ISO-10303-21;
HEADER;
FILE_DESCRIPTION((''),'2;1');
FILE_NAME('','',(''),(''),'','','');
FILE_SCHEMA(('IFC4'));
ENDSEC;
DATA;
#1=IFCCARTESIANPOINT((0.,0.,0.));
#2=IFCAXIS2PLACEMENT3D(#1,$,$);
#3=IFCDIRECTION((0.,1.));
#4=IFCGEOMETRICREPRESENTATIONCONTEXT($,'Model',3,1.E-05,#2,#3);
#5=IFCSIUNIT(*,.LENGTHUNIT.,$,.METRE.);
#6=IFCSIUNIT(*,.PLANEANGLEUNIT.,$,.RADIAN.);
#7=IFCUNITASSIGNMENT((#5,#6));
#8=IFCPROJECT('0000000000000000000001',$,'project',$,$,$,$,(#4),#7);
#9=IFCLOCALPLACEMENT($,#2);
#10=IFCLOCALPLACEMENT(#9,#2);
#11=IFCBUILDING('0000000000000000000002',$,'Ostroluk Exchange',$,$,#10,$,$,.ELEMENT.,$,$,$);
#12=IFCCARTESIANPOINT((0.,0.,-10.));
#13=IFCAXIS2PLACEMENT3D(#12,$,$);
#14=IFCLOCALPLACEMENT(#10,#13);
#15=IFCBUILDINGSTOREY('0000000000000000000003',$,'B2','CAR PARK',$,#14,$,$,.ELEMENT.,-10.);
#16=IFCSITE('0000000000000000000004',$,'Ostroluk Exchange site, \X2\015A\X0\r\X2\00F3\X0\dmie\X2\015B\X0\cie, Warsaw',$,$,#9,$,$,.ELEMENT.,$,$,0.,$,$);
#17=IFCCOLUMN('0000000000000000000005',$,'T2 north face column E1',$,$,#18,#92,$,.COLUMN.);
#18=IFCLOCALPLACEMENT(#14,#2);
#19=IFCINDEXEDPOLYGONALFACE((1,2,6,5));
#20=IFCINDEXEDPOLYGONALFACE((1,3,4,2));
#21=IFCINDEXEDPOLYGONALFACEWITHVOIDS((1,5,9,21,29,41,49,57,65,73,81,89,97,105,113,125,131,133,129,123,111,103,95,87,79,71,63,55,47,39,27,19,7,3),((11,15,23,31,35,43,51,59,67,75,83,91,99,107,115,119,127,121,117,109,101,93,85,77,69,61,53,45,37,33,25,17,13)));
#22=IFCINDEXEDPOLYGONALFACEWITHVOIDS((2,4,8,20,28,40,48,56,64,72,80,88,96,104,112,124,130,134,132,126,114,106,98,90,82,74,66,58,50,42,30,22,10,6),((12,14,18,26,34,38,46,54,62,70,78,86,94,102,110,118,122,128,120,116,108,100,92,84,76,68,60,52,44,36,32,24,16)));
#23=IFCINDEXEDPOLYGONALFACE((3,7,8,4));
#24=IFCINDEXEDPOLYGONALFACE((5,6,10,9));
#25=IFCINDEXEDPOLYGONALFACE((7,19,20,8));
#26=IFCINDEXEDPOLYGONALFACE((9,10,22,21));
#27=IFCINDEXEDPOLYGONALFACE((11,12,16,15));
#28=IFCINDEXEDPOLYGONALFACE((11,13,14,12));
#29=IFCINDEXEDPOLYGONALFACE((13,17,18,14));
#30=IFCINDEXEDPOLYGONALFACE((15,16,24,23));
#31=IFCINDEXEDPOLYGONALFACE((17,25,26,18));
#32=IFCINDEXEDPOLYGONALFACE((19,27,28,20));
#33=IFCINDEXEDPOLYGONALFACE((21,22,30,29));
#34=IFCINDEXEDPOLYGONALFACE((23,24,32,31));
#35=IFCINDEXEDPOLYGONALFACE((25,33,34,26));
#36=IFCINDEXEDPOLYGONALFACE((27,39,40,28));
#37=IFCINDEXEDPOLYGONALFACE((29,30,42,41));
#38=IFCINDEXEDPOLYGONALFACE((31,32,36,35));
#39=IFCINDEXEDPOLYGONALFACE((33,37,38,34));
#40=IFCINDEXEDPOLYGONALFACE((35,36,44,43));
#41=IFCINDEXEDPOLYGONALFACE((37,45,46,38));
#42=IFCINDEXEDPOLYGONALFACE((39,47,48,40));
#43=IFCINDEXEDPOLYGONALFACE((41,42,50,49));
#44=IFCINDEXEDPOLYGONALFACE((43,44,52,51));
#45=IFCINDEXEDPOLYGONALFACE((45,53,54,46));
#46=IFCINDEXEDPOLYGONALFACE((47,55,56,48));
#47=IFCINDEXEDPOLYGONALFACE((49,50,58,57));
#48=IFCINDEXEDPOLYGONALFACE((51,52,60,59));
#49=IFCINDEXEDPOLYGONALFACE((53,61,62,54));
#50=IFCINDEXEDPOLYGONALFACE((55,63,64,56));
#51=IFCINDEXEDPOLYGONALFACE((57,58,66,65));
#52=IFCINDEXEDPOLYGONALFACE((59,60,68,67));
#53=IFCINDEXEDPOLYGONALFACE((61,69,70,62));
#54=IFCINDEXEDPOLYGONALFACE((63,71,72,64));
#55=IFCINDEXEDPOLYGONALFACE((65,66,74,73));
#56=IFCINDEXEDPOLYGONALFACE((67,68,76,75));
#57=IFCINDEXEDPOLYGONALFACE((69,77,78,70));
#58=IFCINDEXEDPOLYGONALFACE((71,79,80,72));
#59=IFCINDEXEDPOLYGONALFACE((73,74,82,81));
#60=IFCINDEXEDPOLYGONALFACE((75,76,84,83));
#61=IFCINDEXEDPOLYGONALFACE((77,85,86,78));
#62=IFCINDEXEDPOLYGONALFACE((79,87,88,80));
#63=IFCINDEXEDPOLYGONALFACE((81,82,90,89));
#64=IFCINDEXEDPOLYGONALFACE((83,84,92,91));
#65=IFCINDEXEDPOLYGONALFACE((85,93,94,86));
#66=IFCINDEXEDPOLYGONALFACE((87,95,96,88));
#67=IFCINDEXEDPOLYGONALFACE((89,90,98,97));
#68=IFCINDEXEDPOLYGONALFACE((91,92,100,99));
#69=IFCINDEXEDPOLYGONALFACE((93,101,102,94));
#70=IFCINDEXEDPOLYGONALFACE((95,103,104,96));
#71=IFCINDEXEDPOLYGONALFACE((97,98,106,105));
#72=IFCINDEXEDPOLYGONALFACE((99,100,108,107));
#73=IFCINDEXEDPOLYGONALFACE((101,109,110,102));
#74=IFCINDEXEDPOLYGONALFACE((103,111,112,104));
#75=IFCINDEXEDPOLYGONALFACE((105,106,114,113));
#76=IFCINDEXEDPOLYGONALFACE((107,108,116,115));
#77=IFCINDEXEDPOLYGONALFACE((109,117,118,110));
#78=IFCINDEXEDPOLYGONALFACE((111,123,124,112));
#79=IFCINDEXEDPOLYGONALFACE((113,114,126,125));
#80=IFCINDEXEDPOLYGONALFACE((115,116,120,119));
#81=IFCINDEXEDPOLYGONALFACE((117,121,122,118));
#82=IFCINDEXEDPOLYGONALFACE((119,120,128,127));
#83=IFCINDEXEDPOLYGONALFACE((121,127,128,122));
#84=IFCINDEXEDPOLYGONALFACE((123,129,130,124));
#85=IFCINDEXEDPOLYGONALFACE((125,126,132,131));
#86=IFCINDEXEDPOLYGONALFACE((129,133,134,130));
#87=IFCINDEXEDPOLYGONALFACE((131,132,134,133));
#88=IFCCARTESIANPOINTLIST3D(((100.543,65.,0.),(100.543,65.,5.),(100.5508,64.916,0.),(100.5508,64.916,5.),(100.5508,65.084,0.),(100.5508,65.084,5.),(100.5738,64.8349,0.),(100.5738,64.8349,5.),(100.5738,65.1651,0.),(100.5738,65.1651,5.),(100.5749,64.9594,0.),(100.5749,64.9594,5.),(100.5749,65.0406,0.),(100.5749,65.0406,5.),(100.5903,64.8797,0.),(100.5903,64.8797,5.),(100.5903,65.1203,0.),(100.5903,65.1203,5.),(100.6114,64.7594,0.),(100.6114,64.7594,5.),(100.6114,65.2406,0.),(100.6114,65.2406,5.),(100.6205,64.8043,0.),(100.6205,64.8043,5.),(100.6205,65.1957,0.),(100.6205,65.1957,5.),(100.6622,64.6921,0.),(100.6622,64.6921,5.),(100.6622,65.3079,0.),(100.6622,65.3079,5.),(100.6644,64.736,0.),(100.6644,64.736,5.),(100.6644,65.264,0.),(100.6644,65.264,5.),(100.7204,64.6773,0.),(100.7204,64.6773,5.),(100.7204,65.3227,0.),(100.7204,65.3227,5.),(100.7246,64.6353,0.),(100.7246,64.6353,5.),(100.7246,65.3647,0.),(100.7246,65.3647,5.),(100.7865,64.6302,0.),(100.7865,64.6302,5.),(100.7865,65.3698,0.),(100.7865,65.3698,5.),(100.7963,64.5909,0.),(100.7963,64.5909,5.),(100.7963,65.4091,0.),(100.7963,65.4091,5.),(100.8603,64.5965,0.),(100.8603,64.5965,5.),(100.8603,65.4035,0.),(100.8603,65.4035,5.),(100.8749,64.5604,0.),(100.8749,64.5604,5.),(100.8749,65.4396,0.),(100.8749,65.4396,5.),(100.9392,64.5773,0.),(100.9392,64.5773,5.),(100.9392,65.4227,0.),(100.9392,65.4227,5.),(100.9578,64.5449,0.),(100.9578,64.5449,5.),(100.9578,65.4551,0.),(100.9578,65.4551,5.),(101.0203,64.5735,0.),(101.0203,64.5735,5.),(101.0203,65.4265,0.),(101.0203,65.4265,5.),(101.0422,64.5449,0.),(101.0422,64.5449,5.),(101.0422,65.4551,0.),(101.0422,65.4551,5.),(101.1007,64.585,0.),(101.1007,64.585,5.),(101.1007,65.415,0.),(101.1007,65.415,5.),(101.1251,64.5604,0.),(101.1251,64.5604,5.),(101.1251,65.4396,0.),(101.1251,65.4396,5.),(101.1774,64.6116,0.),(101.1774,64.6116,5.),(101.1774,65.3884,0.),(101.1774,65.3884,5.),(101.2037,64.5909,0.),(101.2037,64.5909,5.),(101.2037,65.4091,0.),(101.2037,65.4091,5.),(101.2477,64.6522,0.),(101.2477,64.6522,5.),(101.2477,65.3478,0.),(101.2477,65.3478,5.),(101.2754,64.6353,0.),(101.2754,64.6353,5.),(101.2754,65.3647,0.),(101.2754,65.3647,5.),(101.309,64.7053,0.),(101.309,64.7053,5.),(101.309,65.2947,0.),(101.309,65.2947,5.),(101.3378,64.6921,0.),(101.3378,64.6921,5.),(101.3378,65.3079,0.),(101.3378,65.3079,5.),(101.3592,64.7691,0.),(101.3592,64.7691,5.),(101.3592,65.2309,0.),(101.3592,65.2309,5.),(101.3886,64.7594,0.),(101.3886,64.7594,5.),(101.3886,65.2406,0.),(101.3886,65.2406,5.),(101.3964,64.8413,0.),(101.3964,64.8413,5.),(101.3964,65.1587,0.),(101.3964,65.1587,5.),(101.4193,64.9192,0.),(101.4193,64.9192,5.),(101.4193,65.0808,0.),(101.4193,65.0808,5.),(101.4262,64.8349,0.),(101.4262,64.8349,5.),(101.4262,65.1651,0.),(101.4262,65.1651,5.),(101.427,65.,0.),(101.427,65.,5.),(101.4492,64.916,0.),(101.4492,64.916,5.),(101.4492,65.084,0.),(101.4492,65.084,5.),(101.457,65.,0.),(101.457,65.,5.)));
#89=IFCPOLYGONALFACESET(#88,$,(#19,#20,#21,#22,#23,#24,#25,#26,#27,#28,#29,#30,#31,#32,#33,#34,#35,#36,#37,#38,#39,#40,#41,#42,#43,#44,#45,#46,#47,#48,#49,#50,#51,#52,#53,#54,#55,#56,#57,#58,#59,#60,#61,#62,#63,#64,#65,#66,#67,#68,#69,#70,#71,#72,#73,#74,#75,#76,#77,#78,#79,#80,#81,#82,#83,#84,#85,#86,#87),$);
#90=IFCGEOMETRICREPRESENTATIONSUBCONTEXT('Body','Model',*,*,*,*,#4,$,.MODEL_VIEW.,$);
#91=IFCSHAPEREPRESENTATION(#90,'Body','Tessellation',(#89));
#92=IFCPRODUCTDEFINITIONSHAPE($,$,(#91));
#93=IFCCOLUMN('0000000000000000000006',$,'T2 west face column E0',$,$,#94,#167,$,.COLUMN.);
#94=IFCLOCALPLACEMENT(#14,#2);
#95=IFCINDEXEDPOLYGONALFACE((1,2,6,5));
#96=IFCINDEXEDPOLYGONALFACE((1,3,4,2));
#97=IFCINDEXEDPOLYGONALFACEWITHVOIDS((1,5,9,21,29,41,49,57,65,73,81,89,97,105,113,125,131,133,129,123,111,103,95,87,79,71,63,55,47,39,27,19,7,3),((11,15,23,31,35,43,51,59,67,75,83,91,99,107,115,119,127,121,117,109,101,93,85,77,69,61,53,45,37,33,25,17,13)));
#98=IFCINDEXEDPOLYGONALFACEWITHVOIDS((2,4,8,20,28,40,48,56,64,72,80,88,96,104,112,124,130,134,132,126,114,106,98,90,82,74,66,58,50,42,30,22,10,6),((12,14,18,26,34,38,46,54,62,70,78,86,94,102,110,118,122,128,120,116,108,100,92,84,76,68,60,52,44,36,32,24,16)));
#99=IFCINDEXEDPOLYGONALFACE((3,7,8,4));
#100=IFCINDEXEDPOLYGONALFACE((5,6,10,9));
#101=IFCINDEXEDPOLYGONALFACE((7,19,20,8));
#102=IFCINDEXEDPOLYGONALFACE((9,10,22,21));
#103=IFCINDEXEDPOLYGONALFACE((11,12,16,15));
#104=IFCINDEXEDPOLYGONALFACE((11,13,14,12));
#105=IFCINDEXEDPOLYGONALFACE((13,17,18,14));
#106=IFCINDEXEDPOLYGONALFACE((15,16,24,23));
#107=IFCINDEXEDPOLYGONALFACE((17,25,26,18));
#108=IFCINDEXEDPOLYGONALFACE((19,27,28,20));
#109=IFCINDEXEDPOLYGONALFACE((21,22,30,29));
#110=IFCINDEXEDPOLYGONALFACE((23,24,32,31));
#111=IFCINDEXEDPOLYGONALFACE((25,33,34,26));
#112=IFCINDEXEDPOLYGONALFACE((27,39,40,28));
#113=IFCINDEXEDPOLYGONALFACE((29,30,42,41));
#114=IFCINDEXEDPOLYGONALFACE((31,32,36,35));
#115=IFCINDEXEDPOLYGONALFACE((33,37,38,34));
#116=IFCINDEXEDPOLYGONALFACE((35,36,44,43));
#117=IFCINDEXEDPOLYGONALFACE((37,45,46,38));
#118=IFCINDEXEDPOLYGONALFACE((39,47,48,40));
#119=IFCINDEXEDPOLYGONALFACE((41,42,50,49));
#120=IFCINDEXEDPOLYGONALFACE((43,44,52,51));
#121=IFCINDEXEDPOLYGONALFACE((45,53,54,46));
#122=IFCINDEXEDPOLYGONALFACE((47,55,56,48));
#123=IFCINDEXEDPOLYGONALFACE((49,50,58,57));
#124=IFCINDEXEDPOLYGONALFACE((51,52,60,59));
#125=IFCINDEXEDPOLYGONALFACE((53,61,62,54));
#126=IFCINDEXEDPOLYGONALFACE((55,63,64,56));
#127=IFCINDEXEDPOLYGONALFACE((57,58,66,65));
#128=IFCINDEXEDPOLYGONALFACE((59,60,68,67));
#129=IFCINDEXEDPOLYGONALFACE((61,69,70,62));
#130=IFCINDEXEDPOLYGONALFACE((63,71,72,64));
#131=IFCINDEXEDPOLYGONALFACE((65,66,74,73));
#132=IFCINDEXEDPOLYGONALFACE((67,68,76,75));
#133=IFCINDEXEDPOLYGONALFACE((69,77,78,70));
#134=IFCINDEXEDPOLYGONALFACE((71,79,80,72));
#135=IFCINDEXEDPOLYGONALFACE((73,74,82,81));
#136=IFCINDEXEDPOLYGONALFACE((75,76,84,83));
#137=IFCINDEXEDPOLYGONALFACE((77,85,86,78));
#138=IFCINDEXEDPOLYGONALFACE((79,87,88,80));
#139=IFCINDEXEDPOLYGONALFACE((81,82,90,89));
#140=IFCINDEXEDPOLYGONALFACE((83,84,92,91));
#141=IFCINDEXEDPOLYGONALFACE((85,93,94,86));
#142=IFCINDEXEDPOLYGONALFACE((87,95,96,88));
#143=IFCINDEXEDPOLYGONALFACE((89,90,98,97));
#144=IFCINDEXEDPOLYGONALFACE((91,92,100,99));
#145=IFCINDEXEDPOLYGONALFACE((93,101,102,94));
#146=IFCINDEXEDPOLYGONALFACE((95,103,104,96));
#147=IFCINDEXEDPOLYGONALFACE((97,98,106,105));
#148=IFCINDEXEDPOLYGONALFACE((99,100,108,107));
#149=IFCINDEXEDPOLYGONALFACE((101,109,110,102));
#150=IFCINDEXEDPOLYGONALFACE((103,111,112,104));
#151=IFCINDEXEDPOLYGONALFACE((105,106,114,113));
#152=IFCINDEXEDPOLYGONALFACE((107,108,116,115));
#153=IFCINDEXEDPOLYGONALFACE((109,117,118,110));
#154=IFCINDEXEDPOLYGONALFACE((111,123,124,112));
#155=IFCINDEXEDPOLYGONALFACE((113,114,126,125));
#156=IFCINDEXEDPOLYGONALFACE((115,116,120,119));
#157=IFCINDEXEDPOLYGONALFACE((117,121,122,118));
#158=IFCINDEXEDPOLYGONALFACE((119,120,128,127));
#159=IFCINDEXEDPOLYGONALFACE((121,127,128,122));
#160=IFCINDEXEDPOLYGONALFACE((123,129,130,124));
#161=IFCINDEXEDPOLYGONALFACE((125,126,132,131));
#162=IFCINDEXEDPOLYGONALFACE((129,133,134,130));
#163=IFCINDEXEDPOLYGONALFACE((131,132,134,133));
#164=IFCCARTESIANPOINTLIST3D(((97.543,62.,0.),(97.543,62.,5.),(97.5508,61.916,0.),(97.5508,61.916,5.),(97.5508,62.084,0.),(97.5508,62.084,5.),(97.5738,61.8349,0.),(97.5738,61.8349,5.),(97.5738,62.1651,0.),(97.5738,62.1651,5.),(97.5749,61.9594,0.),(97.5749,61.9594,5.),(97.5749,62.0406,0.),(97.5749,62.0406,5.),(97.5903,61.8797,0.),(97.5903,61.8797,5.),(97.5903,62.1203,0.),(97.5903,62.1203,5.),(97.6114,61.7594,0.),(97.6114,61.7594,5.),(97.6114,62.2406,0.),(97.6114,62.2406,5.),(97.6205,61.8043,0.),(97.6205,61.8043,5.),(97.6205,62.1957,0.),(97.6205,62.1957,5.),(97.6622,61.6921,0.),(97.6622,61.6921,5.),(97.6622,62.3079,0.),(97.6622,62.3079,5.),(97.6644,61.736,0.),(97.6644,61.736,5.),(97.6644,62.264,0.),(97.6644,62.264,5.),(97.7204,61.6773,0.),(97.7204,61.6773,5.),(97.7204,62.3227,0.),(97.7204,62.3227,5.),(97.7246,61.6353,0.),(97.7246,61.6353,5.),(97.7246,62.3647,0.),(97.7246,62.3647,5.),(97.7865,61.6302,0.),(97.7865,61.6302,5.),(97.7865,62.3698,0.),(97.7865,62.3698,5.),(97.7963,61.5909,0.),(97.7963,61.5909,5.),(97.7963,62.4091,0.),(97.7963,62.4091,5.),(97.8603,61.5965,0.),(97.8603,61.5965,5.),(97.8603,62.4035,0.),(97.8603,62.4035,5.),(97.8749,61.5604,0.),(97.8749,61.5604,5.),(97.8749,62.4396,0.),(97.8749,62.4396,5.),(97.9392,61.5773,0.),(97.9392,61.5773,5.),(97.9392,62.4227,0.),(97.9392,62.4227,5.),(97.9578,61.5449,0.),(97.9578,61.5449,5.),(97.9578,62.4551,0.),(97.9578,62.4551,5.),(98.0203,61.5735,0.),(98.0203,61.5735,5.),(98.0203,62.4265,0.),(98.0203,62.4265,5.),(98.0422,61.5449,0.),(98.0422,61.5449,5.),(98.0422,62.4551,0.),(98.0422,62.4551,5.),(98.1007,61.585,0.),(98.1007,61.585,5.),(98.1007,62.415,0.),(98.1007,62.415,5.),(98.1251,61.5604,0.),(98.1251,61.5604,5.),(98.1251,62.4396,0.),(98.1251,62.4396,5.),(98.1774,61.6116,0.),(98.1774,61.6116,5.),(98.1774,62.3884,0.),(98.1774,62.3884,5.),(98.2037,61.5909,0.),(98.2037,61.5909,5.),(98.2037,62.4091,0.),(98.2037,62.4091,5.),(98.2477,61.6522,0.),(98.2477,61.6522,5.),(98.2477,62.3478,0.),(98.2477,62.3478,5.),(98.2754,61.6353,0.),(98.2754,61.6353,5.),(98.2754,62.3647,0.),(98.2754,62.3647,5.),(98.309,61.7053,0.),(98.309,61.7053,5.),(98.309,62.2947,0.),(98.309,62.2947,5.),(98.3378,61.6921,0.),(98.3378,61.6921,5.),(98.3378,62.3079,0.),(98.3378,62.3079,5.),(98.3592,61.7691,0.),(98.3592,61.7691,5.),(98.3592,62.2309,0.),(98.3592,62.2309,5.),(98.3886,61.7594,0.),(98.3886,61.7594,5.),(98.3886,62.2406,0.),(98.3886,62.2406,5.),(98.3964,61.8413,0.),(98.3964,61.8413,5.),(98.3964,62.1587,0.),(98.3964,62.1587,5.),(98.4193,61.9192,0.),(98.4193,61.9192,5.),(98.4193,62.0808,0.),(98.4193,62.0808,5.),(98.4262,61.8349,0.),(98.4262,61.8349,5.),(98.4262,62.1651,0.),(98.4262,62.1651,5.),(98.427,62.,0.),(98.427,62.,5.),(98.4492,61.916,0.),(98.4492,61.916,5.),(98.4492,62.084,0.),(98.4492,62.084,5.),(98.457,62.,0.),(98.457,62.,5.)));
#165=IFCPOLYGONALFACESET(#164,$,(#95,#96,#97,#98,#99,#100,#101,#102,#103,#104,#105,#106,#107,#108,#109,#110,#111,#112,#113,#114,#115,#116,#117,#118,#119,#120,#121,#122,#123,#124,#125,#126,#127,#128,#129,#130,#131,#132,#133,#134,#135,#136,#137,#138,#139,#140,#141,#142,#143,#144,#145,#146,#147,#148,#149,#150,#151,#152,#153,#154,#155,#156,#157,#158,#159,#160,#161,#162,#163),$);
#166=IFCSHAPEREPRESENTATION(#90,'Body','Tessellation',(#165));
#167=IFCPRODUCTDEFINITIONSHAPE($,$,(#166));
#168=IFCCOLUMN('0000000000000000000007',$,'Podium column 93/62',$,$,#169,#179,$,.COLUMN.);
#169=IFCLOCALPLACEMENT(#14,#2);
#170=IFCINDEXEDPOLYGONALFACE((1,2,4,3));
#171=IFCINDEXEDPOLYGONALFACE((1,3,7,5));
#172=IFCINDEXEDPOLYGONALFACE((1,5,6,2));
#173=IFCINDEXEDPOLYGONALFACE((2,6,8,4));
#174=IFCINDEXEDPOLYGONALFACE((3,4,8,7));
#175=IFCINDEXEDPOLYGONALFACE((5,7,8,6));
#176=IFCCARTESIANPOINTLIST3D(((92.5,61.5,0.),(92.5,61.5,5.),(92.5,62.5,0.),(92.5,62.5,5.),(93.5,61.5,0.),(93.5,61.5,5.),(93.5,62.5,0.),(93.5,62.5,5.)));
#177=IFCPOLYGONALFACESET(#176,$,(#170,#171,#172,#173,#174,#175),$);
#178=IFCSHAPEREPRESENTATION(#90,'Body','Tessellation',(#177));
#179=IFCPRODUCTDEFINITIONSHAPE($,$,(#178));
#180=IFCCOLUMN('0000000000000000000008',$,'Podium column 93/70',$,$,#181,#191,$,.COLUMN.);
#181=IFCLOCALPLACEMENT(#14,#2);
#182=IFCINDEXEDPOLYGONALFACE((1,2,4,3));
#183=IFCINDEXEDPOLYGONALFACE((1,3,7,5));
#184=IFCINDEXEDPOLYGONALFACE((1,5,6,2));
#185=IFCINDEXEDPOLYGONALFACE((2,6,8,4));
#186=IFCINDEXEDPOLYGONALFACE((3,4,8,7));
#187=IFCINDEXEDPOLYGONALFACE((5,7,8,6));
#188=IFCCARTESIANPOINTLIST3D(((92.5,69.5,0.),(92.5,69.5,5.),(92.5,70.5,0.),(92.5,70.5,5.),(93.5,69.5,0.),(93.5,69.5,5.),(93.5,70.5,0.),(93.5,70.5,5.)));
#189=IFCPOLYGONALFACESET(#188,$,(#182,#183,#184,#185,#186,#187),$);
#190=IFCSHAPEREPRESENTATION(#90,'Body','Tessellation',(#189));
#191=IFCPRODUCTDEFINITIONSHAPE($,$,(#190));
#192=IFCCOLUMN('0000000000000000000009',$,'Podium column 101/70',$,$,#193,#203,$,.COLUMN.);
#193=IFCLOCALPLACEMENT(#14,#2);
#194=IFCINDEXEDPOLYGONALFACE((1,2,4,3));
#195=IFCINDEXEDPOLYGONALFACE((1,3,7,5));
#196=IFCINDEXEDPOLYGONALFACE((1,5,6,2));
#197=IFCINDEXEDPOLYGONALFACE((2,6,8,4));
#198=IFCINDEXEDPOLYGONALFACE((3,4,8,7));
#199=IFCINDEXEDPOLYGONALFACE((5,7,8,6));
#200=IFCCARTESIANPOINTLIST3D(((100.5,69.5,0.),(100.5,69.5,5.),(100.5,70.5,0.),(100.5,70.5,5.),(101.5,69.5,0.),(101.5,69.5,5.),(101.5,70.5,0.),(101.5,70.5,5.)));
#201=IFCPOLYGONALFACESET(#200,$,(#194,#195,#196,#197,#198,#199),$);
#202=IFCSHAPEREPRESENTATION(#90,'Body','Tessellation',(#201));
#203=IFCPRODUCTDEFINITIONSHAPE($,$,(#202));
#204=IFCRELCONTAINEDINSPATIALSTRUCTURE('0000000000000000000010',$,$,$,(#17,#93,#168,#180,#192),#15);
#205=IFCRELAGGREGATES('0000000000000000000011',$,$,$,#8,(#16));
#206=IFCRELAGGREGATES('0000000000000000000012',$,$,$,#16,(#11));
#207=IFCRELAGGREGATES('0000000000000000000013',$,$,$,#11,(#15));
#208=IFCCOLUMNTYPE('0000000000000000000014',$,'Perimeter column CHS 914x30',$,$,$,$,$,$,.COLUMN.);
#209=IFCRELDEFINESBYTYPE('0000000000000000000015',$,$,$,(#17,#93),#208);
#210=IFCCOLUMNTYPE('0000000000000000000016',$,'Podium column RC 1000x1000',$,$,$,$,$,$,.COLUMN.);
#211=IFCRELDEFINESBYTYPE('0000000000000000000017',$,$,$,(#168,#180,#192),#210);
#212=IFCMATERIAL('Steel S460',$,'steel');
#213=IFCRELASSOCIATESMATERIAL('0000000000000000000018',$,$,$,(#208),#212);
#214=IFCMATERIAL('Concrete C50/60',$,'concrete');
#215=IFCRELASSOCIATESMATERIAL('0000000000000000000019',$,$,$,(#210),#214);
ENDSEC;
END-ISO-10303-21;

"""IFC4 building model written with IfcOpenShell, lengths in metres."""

from ifc_helpers import new_model, si_unit, direction, frame, origin, origin_2d, place, context, subcontext, project, spatial, rectangle, hollow_circle, extrude, material, material_profile, profile_set, type_object, element, save


model = new_model("IFC4")

# Units and contexts
model_context = context("Model", 3, precision=1e-05, world=origin(), true_north=direction((0.0, 1.0)))
body_context = subcontext(model_context, "Body", "Model", "MODEL_VIEW")
ifc_project = project(units=[si_unit("LENGTHUNIT", "METRE"), si_unit("PLANEANGLEUNIT", "RADIAN")], contexts=[model_context])

# Site, building, storey
site_placement = place(None, origin())
site = spatial("IfcSite", under=ifc_project, at=site_placement, Name="Ostroluk Exchange site, Śródmieście, Warsaw", CompositionType="ELEMENT", RefElevation=0.0)
building_placement = place(site_placement, origin())
building = spatial("IfcBuilding", under=site, at=building_placement, Name="Ostroluk Exchange", CompositionType="ELEMENT")
storey_placement = place(building_placement, frame((0.0, 0.0, -10.0)))
storey = spatial("IfcBuildingStorey", under=building, at=storey_placement, Name="B2", Description="CAR PARK", CompositionType="ELEMENT", Elevation=-10.0)

# Columns
ifc_material_1 = material(Name="Steel S460", Category="steel")
ifc_material_profile_1 = material_profile(ifc_material_1, hollow_circle(Radius=0.457, WallThickness=0.03, at=origin_2d()), Name="CHS 914x30")
ifc_profile_set_1 = profile_set([ifc_material_profile_1], Name="Steel S460")
column_type_1 = type_object("IfcColumnType", Name="Perimeter column CHS 914x30", PredefinedType="COLUMN", material=ifc_profile_set_1)
for number, where, z_axis, x_axis, name in (
    (1, (101.0, 65.0, 0.0), (0.0, 0.0, 1.0), (1.0, 0.0, 0.0), "T2 north face column E1"),
    (2, (98.0, 62.0, 0.0), (0.0, 0.0, 1.0), (1.0, 0.0, 0.0), "T2 west face column E0"),
):
    element("IfcColumn", number, at=place(storey_placement, frame(where, z_axis=z_axis, x_axis=x_axis)), inside=storey, type_object=column_type_1, Name=name, PredefinedType="COLUMN", context=body_context, shape_type="SweptSolid", body=[
        extrude(hollow_circle(Radius=0.457, WallThickness=0.03, at=origin_2d()), origin(), (0.0, 0.0, 1.0), 5.0),
    ])
ifc_material_2 = material(Name="Concrete C50/60", Category="concrete")
ifc_material_profile_2 = material_profile(ifc_material_2, rectangle(XDim=1.0, YDim=1.0, at=origin_2d()), Name="RC 1000x1000")
ifc_profile_set_2 = profile_set([ifc_material_profile_2], Name="Concrete C50/60")
column_type_2 = type_object("IfcColumnType", Name="Podium column RC 1000x1000", PredefinedType="COLUMN", material=ifc_profile_set_2)
for number, where, z_axis, x_axis, name in (
    (3, (93.0, 62.0, 0.0), (0.0, 0.0, 1.0), (1.0, 0.0, 0.0), "Podium column 93/62"),
    (4, (93.0, 70.0, 0.0), (0.0, 0.0, 1.0), (1.0, 0.0, 0.0), "Podium column 93/70"),
    (5, (101.0, 70.0, 0.0), (0.0, 0.0, 1.0), (1.0, 0.0, 0.0), "Podium column 101/70"),
):
    element("IfcColumn", number, at=place(storey_placement, frame(where, z_axis=z_axis, x_axis=x_axis)), inside=storey, type_object=column_type_2, Name=name, PredefinedType="COLUMN", context=body_context, shape_type="SweptSolid", body=[
        extrude(rectangle(XDim=1.0, YDim=1.0, at=origin_2d()), origin(), (0.0, 0.0, 1.0), 5.0),
    ])

save(model, "model.ifc")
